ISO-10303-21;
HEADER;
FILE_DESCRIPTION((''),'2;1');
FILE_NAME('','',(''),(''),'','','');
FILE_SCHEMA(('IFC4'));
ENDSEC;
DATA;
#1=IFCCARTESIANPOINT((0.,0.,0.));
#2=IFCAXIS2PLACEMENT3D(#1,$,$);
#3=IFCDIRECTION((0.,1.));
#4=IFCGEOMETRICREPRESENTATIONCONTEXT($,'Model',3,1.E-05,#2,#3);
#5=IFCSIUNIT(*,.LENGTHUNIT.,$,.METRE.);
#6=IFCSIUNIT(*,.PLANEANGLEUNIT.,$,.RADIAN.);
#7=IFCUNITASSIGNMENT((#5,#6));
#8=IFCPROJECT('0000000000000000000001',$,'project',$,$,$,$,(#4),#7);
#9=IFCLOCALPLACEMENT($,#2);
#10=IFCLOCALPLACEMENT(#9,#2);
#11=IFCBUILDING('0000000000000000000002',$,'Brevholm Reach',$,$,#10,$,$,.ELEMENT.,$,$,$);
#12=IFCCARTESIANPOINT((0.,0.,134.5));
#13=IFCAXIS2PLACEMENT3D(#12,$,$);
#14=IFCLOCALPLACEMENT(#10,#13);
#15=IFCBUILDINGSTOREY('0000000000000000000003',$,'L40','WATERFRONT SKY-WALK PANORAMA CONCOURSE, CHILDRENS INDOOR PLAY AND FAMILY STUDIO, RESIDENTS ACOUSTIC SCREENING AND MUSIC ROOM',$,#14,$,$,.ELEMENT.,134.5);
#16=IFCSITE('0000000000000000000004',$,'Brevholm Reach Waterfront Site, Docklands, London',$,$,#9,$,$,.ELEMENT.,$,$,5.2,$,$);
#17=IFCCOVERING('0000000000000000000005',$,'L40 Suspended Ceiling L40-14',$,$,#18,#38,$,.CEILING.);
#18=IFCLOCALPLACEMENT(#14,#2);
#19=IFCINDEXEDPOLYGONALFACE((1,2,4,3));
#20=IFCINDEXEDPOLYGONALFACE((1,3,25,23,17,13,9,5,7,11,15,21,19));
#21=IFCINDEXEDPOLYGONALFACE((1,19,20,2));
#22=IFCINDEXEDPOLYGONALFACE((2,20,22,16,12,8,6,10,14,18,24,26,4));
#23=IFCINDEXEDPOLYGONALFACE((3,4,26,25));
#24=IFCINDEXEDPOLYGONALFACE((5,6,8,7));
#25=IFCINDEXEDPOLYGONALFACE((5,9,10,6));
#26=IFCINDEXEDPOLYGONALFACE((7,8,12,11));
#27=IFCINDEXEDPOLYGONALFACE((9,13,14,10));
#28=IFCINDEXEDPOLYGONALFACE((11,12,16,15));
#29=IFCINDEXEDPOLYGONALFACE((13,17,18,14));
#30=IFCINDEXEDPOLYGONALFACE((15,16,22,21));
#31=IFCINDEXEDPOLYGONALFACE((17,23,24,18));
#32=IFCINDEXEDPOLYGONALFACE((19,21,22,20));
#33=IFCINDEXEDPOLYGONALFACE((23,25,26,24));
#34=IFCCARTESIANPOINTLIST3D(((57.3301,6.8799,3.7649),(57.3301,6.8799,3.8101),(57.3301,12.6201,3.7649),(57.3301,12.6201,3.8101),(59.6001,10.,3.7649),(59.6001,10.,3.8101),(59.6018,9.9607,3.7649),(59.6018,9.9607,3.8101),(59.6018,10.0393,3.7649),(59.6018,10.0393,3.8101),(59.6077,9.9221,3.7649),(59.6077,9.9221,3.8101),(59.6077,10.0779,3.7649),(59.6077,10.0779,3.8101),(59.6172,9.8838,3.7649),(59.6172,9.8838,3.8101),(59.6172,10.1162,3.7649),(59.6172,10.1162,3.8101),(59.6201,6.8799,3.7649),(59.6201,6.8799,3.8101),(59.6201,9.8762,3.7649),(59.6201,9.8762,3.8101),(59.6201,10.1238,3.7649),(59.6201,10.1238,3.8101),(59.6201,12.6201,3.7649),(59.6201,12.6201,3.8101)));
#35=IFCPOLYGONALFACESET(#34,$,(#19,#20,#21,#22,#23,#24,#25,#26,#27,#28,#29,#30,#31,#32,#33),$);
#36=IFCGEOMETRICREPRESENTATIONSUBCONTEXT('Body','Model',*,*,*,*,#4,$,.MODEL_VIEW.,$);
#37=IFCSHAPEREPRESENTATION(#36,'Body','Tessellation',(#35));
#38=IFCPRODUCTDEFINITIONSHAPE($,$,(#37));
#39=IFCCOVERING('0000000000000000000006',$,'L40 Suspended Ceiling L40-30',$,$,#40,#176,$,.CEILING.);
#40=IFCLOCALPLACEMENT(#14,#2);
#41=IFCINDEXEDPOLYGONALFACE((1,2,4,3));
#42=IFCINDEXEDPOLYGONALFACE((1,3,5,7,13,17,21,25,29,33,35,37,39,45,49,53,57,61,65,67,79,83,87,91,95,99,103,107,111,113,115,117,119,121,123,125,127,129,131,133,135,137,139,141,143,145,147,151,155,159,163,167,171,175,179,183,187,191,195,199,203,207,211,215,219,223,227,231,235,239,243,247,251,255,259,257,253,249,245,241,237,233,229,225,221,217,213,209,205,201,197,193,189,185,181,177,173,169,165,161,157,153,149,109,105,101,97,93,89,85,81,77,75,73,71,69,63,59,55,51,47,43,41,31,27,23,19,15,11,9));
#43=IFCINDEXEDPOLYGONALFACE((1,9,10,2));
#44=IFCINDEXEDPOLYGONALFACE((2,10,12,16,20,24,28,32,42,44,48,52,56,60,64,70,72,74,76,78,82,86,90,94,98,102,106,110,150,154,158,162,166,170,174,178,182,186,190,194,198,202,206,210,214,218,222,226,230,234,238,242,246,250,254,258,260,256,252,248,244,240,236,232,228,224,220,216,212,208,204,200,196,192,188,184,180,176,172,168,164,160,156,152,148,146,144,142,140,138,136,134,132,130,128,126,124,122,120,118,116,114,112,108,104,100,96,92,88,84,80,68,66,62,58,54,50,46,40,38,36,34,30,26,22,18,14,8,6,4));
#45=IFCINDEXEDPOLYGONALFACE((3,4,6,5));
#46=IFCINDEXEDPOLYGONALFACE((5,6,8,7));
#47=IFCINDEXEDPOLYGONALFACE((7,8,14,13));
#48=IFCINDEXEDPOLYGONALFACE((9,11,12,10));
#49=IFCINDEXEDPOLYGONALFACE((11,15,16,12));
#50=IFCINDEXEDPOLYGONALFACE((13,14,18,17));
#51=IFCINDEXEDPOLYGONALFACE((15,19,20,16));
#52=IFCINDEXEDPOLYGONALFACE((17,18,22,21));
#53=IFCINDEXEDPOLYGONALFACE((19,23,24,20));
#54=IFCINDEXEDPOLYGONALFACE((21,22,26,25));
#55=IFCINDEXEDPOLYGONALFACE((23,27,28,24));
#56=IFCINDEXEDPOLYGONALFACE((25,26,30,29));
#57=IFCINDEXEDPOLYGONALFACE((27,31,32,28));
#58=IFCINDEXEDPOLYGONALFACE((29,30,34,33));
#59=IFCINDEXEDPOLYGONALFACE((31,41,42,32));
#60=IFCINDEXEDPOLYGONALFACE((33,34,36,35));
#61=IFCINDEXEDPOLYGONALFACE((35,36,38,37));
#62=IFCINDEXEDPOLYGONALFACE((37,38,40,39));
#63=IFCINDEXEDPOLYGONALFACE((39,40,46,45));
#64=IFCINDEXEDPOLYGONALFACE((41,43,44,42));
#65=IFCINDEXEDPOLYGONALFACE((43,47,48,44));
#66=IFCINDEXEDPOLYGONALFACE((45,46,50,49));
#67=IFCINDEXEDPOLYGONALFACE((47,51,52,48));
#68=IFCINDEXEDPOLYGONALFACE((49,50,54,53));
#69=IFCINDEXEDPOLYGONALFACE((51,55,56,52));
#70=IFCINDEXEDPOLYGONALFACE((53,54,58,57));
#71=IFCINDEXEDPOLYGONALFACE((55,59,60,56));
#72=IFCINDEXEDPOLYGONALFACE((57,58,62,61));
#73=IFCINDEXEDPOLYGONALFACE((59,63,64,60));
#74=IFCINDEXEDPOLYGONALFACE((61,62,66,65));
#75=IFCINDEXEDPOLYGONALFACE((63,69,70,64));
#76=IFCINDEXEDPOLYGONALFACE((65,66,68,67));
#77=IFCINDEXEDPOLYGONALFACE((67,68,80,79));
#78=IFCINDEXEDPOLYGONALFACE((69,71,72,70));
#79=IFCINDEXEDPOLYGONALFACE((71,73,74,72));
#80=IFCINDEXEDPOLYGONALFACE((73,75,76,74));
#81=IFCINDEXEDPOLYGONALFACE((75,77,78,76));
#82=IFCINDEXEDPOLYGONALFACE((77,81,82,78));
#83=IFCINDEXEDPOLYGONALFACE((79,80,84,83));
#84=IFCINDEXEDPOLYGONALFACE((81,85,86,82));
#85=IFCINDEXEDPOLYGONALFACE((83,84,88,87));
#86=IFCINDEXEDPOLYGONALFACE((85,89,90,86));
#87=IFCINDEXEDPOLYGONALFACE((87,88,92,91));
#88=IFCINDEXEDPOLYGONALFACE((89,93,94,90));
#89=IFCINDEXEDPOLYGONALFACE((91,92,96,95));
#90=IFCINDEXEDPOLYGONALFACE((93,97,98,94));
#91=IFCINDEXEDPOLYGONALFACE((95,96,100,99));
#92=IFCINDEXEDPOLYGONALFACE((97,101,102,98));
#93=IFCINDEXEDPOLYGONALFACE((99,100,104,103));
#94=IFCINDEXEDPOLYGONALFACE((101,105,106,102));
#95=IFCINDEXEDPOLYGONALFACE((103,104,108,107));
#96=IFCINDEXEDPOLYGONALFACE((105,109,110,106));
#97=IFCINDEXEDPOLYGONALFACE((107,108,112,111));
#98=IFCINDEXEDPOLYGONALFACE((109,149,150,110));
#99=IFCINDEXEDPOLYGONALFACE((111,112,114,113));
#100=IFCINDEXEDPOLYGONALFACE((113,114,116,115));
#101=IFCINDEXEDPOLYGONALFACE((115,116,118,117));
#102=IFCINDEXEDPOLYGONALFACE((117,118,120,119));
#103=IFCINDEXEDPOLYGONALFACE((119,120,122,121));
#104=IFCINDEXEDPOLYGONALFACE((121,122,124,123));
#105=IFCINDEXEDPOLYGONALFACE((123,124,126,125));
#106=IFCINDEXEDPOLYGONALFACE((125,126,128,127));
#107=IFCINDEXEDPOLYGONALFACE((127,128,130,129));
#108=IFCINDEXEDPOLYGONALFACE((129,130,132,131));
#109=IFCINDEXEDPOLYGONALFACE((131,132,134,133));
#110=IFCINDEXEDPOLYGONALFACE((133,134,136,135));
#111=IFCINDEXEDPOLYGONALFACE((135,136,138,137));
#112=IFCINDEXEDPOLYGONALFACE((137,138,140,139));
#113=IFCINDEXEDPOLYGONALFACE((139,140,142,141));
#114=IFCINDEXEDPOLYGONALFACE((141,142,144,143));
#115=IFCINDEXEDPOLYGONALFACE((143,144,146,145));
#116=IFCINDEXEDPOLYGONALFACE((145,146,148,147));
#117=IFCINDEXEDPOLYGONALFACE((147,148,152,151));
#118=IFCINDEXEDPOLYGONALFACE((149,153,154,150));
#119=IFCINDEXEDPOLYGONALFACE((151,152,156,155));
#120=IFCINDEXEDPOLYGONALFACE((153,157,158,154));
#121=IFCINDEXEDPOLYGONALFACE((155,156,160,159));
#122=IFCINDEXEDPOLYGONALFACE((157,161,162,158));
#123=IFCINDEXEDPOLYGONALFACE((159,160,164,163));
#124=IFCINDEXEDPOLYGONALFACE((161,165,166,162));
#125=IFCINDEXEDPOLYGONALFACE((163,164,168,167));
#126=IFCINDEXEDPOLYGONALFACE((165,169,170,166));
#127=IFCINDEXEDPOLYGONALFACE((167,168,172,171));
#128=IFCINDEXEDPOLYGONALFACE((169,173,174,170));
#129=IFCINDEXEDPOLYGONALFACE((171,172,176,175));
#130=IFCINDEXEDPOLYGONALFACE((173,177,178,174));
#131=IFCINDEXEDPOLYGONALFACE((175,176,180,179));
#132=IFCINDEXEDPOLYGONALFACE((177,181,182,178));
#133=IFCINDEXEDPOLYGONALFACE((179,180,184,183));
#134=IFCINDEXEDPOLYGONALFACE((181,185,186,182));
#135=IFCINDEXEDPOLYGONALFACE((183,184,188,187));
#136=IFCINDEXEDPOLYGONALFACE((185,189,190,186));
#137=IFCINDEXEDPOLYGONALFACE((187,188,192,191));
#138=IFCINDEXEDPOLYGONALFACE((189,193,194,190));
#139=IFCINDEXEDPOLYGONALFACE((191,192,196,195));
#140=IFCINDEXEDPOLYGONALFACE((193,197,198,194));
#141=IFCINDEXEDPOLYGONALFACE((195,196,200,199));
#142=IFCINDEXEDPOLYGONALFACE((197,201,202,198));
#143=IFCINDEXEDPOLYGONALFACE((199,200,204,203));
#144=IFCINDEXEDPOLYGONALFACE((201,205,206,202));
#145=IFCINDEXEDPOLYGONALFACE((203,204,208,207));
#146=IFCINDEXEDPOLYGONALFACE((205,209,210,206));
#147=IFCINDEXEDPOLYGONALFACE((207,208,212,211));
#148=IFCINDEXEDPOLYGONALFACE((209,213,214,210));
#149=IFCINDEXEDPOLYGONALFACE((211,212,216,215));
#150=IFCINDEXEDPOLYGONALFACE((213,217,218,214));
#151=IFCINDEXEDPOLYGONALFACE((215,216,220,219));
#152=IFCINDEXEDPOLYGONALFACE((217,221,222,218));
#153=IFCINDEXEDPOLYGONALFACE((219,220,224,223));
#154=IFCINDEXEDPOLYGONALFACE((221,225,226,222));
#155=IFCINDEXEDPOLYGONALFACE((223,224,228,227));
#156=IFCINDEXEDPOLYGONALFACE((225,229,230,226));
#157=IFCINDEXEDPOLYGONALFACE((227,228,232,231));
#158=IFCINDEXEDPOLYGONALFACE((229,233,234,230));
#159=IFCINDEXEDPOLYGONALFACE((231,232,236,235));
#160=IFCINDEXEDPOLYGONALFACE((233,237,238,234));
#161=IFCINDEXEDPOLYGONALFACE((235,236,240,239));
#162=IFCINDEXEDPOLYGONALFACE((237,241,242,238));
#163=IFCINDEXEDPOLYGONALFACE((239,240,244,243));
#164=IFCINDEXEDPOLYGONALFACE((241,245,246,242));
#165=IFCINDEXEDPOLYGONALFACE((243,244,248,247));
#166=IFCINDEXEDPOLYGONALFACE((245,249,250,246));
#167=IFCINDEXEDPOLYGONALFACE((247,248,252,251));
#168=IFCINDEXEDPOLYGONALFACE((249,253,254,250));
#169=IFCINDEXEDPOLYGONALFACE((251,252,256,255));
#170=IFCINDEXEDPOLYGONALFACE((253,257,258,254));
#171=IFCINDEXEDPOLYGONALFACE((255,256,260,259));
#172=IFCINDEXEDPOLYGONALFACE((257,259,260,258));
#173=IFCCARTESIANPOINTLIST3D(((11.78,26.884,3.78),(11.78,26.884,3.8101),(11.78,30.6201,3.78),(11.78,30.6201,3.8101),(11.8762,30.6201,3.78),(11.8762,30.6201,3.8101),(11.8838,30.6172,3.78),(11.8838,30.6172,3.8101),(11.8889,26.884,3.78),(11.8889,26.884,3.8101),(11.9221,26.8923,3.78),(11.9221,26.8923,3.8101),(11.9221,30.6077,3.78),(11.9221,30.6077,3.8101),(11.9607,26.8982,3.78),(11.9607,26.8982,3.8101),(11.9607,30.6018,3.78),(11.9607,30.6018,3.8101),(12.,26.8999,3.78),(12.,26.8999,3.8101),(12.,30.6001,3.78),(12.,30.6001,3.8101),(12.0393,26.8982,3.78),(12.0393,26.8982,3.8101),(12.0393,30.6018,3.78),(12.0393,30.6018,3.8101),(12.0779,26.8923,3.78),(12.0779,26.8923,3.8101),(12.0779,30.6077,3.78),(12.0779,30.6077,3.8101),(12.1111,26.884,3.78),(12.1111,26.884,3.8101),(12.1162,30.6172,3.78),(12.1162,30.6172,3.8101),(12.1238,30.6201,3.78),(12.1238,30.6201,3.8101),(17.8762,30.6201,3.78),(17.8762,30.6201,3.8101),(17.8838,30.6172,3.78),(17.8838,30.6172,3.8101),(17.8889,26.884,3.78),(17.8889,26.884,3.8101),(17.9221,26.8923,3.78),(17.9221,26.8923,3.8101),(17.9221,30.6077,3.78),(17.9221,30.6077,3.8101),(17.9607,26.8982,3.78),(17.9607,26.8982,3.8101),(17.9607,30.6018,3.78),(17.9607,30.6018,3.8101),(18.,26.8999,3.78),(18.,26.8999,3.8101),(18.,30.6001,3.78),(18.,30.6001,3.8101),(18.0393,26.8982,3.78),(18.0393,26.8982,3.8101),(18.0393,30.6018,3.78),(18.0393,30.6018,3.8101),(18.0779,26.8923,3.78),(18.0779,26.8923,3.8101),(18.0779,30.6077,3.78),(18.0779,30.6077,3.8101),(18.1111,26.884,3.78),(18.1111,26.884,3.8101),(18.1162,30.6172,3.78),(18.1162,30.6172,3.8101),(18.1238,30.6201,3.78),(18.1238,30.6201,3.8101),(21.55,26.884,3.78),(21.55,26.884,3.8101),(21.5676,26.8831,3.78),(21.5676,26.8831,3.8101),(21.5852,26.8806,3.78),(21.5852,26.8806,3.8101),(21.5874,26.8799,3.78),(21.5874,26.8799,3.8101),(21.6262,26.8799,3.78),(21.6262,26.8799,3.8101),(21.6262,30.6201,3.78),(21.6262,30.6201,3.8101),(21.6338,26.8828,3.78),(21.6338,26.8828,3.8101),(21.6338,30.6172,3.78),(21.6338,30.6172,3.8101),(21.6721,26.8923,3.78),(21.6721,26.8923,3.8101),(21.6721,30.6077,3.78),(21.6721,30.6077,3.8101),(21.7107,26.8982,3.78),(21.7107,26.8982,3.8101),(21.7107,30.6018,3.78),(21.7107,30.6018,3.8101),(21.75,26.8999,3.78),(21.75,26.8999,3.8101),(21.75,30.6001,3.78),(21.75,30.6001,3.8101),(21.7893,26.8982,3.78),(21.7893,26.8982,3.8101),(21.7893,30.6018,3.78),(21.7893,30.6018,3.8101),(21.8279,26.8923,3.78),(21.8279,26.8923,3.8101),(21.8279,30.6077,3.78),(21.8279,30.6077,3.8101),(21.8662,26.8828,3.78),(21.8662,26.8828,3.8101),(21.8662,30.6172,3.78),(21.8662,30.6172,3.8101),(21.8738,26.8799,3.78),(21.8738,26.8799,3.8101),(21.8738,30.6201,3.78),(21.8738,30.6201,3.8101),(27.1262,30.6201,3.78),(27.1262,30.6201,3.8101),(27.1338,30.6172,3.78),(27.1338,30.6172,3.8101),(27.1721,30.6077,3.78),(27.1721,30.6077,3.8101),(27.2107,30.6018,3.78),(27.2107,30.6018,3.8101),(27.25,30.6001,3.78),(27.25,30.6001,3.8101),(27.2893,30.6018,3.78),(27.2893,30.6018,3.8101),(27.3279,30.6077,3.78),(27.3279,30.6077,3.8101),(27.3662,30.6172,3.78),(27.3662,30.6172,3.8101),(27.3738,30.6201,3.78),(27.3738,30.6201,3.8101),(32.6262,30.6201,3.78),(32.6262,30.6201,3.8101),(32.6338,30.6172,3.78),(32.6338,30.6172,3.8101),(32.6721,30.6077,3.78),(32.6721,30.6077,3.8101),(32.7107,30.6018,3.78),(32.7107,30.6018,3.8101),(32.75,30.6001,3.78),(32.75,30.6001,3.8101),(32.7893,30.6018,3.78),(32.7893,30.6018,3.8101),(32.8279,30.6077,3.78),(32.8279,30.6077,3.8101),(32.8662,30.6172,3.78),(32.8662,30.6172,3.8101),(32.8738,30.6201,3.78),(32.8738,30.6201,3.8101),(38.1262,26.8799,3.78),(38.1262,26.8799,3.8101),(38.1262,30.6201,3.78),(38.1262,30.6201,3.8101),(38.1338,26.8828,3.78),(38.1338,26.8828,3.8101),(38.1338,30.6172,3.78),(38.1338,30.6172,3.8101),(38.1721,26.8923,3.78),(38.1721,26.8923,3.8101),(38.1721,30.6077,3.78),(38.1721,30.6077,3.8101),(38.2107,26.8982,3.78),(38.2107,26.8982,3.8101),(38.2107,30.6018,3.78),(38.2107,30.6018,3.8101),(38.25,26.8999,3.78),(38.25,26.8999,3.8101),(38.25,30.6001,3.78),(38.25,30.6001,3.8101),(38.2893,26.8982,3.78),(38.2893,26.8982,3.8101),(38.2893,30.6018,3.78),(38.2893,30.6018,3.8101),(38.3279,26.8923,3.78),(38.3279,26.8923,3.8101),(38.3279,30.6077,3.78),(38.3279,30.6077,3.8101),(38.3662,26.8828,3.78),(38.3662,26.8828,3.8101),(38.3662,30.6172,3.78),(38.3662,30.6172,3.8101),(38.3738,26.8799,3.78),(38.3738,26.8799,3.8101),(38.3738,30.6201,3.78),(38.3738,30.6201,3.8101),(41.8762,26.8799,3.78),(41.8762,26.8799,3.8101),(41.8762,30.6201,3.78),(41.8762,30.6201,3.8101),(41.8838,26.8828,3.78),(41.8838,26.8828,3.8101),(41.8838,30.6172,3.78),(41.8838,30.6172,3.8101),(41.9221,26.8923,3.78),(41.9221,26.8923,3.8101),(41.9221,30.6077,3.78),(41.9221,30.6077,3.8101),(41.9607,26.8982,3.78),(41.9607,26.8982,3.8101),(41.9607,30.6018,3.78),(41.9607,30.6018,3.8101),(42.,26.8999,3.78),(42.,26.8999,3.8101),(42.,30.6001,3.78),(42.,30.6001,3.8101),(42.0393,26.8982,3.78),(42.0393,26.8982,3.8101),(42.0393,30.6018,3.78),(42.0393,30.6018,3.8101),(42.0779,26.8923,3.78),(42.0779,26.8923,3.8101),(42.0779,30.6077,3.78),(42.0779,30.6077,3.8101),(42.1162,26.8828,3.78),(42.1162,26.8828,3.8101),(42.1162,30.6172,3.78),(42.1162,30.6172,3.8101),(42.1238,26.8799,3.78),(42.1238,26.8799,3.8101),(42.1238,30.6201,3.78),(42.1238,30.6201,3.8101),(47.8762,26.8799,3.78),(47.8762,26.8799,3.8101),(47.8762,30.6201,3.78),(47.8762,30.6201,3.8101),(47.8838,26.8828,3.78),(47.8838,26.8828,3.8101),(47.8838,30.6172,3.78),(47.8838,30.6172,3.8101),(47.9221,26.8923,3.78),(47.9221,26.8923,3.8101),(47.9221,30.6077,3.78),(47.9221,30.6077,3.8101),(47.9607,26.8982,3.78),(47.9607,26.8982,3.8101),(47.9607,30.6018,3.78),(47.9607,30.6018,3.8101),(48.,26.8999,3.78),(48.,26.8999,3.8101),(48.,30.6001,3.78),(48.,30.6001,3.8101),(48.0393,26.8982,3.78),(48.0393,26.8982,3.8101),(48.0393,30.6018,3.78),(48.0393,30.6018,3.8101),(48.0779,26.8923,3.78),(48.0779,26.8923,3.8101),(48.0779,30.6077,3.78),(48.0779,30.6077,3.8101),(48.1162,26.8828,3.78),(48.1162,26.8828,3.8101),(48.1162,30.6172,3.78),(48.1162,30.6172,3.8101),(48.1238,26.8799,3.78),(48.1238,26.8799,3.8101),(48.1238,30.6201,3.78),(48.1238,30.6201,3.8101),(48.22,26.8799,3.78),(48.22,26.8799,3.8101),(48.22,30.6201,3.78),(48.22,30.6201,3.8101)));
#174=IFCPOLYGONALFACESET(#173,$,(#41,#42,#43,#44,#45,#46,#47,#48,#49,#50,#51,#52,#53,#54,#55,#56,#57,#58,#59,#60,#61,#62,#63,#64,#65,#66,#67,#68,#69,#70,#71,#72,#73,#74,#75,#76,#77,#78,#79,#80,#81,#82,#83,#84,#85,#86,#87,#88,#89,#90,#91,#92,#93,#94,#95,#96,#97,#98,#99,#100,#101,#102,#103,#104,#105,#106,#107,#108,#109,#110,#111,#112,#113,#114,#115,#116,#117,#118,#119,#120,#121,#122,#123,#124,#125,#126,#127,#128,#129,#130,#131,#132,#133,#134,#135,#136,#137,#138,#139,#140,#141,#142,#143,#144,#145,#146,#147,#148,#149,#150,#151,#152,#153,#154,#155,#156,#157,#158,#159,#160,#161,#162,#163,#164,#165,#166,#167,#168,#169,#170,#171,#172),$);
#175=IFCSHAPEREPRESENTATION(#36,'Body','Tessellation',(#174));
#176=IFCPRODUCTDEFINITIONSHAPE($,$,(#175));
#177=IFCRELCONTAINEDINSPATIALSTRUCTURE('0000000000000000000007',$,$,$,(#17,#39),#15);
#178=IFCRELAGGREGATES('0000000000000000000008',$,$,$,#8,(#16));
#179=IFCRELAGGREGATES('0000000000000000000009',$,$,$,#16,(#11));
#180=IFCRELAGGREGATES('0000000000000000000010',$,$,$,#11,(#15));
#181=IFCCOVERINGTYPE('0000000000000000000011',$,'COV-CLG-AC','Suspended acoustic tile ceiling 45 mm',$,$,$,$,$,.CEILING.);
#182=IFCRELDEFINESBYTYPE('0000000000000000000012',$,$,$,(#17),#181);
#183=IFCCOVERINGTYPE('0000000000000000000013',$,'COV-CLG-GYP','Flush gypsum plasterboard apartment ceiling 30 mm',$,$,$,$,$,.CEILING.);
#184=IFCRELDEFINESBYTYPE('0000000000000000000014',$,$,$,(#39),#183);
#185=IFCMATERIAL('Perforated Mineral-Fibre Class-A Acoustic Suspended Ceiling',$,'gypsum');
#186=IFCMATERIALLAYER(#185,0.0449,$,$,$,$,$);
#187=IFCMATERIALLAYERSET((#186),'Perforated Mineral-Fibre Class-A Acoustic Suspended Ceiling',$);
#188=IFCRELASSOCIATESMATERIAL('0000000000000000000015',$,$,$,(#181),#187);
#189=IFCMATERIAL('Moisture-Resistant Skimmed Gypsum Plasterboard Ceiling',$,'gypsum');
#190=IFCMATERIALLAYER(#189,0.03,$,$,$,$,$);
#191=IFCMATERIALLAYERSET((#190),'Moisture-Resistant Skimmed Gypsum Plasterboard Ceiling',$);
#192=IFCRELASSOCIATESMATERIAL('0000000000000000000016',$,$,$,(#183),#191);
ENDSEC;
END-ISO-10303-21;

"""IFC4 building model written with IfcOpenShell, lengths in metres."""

from ifc_helpers import new_model, si_unit, direction, frame, origin, place, context, subcontext, project, spatial, polyline, outline, extrude, material, layer, layer_set, type_object, element, save


model = new_model("IFC4")

# Units and contexts
model_context = context("Model", 3, precision=1e-05, world=origin(), true_north=direction((0.0, 1.0)))
body_context = subcontext(model_context, "Body", "Model", "MODEL_VIEW")
ifc_project = project(units=[si_unit("LENGTHUNIT", "METRE"), si_unit("PLANEANGLEUNIT", "RADIAN")], contexts=[model_context])

# Site, building, storey
site_placement = place(None, origin())
site = spatial("IfcSite", under=ifc_project, at=site_placement, Name="Brevholm Reach Waterfront Site, Docklands, London", CompositionType="ELEMENT", RefElevation=5.2)
building_placement = place(site_placement, origin())
building = spatial("IfcBuilding", under=site, at=building_placement, Name="Brevholm Reach", CompositionType="ELEMENT")
storey_placement = place(building_placement, frame((0.0, 0.0, 134.5)))
storey = spatial("IfcBuildingStorey", under=building, at=storey_placement, Name="L40", Description="WATERFRONT SKY-WALK PANORAMA CONCOURSE, CHILDRENS INDOOR PLAY AND FAMILY STUDIO, RESIDENTS ACOUSTIC SCREENING AND MUSIC ROOM", CompositionType="ELEMENT", Elevation=134.5)

# Coverings
ifc_material_1 = material(Name="Perforated Mineral-Fibre Class-A Acoustic Suspended Ceiling", Category="gypsum")
ifc_layer_1 = layer(ifc_material_1, 0.0449)
ifc_layer_set_1 = layer_set([ifc_layer_1], Name="Perforated Mineral-Fibre Class-A Acoustic Suspended Ceiling")
covering_type_1 = type_object("IfcCoveringType", Name="COV-CLG-AC", Description="Suspended acoustic tile ceiling 45 mm", PredefinedType="CEILING", material=ifc_layer_set_1)
covering_1_placement = place(storey_placement, frame((0.0, 0.0, 3.7649)))
element("IfcCovering", 1, at=covering_1_placement, inside=storey, type_object=covering_type_1, Name="L40 Suspended Ceiling L40-14", PredefinedType="CEILING", context=body_context, shape_type="SweptSolid", body=[
    extrude(outline(polyline([(57.3301, 12.6201), (59.6201, 12.6201), (59.6201, 10.1238), (59.6172, 10.1162), (59.6077, 10.0779), (59.6018, 10.0393), (59.6001, 10.0), (59.6018, 9.9607), (59.6077, 9.9221), (59.6172, 9.8838), (59.6201, 9.8762), (59.6201, 6.8799), (57.3301, 6.8799), (57.3301, 12.6201)])), origin(), (0.0, 0.0, 1.0), 0.0452),
])
ifc_material_2 = material(Name="Moisture-Resistant Skimmed Gypsum Plasterboard Ceiling", Category="gypsum")
ifc_layer_2 = layer(ifc_material_2, 0.03)
ifc_layer_set_2 = layer_set([ifc_layer_2], Name="Moisture-Resistant Skimmed Gypsum Plasterboard Ceiling")
covering_type_2 = type_object("IfcCoveringType", Name="COV-CLG-GYP", Description="Flush gypsum plasterboard apartment ceiling 30 mm", PredefinedType="CEILING", material=ifc_layer_set_2)
covering_2_placement = place(storey_placement, frame((0.0, 0.0, 3.78)))
element("IfcCovering", 2, at=covering_2_placement, inside=storey, type_object=covering_type_2, Name="L40 Suspended Ceiling L40-30", PredefinedType="CEILING", context=body_context, shape_type="SweptSolid", body=[
    extrude(outline(polyline([(11.78, 30.6201), (11.8762, 30.6201), (11.8838, 30.6172), (11.9221, 30.6077), (11.9607, 30.6018), (12.0, 30.6001), (12.0393, 30.6018), (12.0779, 30.6077), (12.1162, 30.6172), (12.1238, 30.6201), (17.8762, 30.6201), (17.8838, 30.6172), (17.9221, 30.6077), (17.9607, 30.6018), (18.0, 30.6001), (18.0393, 30.6018), (18.0779, 30.6077), (18.1162, 30.6172), (18.1238, 30.6201), (21.6262, 30.6201), (21.6338, 30.6172), (21.6721, 30.6077), (21.7107, 30.6018), (21.75, 30.6001), (21.7893, 30.6018), (21.8279, 30.6077), (21.8662, 30.6172), (21.8738, 30.6201), (27.1262, 30.6201), (27.1338, 30.6172), (27.1721, 30.6077), (27.2107, 30.6018), (27.25, 30.6001), (27.2893, 30.6018), (27.3279, 30.6077), (27.3662, 30.6172), (27.3738, 30.6201), (32.6262, 30.6201), (32.6338, 30.6172), (32.6721, 30.6077), (32.7107, 30.6018), (32.75, 30.6001), (32.7893, 30.6018), (32.8279, 30.6077), (32.8662, 30.6172), (32.8738, 30.6201), (38.1262, 30.6201), (38.1338, 30.6172), (38.1721, 30.6077), (38.2107, 30.6018), (38.25, 30.6001), (38.2893, 30.6018), (38.3279, 30.6077), (38.3662, 30.6172), (38.3738, 30.6201), (41.8762, 30.6201), (41.8838, 30.6172), (41.9221, 30.6077), (41.9607, 30.6018), (42.0, 30.6001), (42.0393, 30.6018), (42.0779, 30.6077), (42.1162, 30.6172), (42.1238, 30.6201), (47.8762, 30.6201), (47.8838, 30.6172), (47.9221, 30.6077), (47.9607, 30.6018), (48.0, 30.6001), (48.0393, 30.6018), (48.0779, 30.6077), (48.1162, 30.6172), (48.1238, 30.6201), (48.22, 30.6201), (48.22, 26.8799), (48.1238, 26.8799), (48.1162, 26.8828), (48.0779, 26.8923), (48.0393, 26.8982), (48.0, 26.8999), (47.9607, 26.8982), (47.9221, 26.8923), (47.8838, 26.8828), (47.8762, 26.8799), (42.1238, 26.8799), (42.1162, 26.8828), (42.0779, 26.8923), (42.0393, 26.8982), (42.0, 26.8999), (41.9607, 26.8982), (41.9221, 26.8923), (41.8838, 26.8828), (41.8762, 26.8799), (38.3738, 26.8799), (38.3662, 26.8828), (38.3279, 26.8923), (38.2893, 26.8982), (38.25, 26.8999), (38.2107, 26.8982), (38.1721, 26.8923), (38.1338, 26.8828), (38.1262, 26.8799), (21.8738, 26.8799), (21.8662, 26.8828), (21.8279, 26.8923), (21.7893, 26.8982), (21.75, 26.8999), (21.7107, 26.8982), (21.6721, 26.8923), (21.6338, 26.8828), (21.6262, 26.8799), (21.5874, 26.8799), (21.5852, 26.8806), (21.5676, 26.8831), (21.55, 26.884), (18.1111, 26.884), (18.0779, 26.8923), (18.0393, 26.8982), (18.0, 26.8999), (17.9607, 26.8982), (17.9221, 26.8923), (17.8889, 26.884), (12.1111, 26.884), (12.0779, 26.8923), (12.0393, 26.8982), (12.0, 26.8999), (11.9607, 26.8982), (11.9221, 26.8923), (11.8889, 26.884), (11.78, 26.884), (11.78, 30.6201)])), origin(), (0.0, 0.0, 1.0), 0.03),
])

save(model, "model.ifc")
